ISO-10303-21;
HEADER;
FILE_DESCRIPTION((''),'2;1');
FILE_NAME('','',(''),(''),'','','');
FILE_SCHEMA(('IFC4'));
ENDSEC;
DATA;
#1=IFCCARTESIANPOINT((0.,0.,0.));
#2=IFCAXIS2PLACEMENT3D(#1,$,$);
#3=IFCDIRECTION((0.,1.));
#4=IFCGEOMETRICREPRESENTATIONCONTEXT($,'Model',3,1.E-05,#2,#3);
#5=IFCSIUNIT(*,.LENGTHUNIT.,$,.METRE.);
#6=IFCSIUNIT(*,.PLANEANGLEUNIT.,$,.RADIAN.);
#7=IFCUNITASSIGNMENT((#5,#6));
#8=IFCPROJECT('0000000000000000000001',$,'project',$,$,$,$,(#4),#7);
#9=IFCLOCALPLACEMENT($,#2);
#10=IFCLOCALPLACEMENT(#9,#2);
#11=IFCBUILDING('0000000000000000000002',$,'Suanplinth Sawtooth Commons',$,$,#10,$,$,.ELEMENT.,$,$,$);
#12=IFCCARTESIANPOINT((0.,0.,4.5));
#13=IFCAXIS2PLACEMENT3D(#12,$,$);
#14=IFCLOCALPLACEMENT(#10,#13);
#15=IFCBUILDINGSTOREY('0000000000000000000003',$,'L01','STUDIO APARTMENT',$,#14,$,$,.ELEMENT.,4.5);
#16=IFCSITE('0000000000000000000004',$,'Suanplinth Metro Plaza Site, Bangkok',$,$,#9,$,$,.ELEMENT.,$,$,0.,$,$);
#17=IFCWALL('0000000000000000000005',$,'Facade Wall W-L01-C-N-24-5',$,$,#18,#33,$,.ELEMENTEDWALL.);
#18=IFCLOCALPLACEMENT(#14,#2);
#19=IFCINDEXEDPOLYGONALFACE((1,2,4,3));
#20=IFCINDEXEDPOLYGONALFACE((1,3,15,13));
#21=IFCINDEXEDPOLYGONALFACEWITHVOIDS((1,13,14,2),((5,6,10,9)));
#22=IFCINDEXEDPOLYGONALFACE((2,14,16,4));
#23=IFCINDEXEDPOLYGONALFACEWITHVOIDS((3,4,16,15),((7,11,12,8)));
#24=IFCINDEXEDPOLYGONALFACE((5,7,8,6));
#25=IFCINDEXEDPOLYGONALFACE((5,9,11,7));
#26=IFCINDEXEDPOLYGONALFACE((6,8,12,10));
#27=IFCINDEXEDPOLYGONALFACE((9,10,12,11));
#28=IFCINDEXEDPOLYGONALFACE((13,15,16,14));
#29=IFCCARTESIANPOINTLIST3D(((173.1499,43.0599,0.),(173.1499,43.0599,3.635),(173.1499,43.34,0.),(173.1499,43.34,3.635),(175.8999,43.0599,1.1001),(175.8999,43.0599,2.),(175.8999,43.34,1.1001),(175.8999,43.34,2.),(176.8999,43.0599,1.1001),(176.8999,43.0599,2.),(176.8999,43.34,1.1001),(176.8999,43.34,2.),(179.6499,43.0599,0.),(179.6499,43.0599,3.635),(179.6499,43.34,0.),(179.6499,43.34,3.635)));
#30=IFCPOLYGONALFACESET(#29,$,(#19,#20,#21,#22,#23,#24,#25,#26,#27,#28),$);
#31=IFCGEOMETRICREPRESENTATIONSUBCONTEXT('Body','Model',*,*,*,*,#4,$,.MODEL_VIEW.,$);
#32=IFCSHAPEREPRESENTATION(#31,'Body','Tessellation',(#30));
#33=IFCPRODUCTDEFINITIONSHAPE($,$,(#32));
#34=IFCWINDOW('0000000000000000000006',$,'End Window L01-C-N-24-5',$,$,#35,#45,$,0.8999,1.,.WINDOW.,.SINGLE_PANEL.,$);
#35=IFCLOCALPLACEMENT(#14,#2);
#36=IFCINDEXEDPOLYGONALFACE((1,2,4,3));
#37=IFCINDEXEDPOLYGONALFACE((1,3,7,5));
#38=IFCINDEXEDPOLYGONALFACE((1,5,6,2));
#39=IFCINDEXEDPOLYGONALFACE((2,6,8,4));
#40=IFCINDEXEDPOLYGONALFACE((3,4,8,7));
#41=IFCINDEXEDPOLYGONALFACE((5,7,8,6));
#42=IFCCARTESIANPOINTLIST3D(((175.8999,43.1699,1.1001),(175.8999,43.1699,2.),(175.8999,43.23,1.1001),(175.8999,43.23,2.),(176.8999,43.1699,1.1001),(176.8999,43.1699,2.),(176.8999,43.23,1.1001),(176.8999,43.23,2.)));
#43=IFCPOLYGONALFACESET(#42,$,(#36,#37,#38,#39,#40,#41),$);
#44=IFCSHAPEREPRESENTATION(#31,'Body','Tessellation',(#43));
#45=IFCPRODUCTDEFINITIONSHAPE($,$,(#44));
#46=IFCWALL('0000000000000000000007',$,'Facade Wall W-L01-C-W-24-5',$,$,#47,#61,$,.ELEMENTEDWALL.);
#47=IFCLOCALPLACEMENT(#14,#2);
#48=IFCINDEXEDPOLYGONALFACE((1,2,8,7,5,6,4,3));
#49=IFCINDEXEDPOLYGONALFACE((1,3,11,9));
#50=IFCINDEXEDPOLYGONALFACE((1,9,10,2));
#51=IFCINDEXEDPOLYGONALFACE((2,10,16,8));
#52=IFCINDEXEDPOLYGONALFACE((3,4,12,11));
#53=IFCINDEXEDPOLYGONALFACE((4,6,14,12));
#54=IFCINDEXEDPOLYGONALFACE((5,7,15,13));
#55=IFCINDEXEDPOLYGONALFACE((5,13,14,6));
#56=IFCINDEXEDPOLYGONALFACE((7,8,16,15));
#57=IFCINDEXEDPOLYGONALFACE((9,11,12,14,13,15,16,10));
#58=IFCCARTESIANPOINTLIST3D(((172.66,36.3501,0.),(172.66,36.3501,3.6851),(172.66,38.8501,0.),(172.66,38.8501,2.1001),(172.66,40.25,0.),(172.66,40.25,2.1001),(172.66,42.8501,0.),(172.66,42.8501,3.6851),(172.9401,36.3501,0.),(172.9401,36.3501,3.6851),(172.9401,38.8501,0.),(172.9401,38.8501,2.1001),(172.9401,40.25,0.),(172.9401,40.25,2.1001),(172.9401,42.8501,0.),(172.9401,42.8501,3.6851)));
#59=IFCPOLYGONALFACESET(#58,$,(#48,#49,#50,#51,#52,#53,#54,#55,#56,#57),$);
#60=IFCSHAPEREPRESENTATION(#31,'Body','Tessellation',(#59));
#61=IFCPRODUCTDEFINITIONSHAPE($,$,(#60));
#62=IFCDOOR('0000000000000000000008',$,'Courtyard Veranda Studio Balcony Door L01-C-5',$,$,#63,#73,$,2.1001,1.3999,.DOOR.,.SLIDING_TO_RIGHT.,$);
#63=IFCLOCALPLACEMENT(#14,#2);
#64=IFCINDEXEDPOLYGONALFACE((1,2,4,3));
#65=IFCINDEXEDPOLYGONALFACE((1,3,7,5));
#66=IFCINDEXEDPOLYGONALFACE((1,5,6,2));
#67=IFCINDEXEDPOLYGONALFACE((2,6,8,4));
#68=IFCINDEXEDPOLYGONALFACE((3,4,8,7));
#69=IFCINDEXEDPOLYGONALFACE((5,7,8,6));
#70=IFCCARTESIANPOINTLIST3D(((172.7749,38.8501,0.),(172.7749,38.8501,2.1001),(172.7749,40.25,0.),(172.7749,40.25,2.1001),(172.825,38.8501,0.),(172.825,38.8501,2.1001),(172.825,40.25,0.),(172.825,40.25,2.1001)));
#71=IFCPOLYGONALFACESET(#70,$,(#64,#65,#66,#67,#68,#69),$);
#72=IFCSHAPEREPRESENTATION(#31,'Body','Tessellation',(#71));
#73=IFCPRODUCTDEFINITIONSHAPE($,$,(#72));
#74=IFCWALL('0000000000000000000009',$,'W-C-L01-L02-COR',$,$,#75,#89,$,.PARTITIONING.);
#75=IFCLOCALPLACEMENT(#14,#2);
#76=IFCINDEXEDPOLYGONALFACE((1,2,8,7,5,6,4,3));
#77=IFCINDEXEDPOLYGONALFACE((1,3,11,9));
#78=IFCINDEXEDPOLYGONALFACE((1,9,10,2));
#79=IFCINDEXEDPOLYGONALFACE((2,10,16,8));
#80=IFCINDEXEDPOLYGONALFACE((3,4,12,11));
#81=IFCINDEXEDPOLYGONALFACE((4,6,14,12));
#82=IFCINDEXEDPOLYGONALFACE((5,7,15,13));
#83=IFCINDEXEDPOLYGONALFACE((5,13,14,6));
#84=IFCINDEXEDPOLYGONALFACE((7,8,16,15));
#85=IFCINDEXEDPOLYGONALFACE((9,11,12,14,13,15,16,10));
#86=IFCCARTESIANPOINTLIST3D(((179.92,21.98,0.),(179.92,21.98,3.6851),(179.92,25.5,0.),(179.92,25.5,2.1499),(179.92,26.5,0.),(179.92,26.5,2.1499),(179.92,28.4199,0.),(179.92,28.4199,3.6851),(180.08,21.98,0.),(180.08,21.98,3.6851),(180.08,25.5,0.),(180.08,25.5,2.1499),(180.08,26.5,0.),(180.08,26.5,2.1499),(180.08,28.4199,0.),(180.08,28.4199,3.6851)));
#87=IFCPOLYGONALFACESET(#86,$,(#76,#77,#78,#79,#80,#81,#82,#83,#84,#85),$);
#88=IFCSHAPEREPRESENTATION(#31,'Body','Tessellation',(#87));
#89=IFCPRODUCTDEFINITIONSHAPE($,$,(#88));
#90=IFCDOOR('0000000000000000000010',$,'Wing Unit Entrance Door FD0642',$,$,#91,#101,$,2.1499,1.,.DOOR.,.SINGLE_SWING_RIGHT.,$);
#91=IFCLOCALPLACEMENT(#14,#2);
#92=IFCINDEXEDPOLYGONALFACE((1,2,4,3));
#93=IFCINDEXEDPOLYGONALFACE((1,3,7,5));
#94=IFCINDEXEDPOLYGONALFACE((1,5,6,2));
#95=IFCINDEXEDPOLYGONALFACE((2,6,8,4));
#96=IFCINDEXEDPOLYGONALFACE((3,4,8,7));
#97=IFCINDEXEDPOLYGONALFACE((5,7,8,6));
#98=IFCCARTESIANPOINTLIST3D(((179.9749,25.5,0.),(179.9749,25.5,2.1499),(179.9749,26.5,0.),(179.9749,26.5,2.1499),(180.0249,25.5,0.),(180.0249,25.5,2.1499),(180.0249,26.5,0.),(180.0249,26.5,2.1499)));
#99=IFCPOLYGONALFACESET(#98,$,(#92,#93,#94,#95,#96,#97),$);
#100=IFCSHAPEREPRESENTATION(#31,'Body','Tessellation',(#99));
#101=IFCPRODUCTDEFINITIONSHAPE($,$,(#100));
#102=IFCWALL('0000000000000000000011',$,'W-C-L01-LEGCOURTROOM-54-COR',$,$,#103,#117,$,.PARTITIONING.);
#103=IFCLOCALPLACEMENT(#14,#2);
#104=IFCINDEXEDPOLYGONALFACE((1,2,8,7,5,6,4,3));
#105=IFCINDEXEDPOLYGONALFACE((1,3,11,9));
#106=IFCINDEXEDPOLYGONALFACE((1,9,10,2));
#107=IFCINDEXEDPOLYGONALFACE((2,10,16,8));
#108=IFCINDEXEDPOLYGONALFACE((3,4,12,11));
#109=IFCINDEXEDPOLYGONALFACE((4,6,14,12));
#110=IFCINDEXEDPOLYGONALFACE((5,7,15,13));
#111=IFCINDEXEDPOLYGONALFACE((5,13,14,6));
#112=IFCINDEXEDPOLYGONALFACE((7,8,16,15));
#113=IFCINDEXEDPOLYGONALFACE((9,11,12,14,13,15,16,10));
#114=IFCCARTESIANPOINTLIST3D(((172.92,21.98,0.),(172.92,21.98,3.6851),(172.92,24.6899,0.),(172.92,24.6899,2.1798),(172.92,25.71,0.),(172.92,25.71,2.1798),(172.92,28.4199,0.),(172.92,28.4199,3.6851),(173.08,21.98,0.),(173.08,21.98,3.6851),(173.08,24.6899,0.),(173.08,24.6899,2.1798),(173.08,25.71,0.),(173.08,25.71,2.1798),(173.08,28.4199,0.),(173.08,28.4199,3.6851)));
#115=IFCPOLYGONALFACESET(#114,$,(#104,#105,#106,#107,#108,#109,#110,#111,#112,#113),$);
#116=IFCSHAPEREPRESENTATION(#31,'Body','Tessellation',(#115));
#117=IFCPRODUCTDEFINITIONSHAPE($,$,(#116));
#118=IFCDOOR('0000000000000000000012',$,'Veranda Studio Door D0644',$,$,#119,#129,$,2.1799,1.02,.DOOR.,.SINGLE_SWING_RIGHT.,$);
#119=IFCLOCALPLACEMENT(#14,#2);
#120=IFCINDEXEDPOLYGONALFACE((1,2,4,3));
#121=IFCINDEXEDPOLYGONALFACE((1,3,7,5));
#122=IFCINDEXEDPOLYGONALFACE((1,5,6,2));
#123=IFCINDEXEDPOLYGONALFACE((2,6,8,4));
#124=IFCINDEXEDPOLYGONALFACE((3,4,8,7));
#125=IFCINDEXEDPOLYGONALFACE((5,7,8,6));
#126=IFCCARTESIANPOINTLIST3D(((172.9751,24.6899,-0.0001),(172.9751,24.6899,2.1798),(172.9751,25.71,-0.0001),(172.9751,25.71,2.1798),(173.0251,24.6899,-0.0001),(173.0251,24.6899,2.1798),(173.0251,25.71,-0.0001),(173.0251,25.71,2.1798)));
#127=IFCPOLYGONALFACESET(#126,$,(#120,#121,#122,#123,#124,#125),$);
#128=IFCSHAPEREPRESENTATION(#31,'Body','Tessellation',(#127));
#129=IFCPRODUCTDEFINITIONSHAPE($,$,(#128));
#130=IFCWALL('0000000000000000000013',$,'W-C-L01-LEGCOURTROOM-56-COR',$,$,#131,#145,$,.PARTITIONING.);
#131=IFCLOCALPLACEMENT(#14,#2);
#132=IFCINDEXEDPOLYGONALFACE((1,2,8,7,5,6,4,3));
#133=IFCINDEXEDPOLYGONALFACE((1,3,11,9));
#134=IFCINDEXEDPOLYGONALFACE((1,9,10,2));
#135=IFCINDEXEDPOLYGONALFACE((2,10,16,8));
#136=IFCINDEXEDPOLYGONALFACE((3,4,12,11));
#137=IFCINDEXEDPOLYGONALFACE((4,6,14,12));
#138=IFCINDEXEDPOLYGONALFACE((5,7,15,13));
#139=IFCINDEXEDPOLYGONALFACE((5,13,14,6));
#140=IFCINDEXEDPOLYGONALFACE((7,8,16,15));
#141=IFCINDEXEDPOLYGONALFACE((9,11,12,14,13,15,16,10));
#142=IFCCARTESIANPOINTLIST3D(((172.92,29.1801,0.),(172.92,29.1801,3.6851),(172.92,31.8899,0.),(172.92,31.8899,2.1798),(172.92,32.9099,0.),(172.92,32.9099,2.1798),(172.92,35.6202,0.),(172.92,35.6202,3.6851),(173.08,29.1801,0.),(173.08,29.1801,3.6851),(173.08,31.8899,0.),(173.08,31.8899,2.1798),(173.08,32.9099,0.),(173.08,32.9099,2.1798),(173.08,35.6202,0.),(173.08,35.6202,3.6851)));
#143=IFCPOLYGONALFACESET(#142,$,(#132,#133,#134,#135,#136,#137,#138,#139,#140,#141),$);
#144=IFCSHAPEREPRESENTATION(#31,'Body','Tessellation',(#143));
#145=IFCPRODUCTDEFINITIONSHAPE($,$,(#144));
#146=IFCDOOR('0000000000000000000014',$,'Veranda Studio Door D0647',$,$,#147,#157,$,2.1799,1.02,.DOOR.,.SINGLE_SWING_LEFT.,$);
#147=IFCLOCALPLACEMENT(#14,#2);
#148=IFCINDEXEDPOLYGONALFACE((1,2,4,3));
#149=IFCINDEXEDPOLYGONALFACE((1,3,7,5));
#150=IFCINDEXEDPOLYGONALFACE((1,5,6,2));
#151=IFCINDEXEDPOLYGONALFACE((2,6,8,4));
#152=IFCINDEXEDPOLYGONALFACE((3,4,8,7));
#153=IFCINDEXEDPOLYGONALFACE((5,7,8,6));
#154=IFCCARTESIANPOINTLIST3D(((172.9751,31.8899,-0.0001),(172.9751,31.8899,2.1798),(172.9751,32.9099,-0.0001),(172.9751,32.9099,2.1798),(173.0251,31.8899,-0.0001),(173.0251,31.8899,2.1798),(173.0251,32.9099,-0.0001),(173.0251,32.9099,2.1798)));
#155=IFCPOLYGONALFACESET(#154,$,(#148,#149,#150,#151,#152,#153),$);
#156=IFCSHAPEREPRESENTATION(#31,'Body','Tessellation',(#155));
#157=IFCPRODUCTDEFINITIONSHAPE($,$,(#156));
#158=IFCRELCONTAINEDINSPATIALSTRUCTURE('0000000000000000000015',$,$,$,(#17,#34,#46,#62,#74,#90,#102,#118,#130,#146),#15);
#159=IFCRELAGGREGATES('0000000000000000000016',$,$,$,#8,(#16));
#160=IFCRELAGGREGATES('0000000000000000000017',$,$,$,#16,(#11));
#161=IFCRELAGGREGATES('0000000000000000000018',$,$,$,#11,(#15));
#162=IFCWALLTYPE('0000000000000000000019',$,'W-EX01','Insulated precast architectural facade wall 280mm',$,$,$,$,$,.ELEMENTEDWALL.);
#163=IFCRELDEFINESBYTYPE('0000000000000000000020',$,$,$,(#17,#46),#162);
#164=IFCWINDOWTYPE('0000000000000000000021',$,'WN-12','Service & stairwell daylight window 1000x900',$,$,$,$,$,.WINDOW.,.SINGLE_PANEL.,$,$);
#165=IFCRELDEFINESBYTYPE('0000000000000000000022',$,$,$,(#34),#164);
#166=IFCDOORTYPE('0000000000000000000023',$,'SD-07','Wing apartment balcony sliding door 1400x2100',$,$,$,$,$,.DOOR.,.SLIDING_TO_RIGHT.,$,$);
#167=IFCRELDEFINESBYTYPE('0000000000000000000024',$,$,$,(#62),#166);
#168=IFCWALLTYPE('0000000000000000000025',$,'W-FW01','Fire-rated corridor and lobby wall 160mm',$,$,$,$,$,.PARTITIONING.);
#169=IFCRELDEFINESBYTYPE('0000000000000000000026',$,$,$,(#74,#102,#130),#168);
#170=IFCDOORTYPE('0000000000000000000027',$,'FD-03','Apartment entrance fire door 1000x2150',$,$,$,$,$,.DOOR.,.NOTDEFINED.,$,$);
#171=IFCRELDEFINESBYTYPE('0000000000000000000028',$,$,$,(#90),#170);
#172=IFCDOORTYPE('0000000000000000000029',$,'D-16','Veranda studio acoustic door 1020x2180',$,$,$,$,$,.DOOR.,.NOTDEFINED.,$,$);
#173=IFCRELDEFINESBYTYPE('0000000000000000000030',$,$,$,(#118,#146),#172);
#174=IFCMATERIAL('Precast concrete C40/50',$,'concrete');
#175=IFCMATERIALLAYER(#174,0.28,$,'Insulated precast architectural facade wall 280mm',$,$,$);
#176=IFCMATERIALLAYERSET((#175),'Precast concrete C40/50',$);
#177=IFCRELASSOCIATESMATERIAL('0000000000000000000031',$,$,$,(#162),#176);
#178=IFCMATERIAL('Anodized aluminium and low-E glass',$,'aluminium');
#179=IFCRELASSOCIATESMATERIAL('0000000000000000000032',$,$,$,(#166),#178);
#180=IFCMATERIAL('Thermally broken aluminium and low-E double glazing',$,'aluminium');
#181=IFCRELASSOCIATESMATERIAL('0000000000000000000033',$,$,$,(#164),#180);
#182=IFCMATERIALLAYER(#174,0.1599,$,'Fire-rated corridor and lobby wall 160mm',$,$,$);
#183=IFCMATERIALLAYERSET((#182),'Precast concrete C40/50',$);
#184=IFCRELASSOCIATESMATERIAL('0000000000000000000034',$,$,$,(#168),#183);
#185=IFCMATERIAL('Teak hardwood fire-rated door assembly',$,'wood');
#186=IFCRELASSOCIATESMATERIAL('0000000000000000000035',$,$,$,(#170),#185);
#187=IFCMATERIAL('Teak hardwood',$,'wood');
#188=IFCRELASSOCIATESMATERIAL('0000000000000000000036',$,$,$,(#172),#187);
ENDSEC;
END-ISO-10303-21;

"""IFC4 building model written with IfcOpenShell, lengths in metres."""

from ifc_helpers import new_model, si_unit, direction, frame, frame_2d, origin, place, context, subcontext, project, spatial, rectangle, extrude, material, layer, layer_set, type_object, element, fill, save


model = new_model("IFC4")

# Units and contexts
model_context = context("Model", 3, precision=1e-05, world=origin(), true_north=direction((0.0, 1.0)))
body_context = subcontext(model_context, "Body", "Model", "MODEL_VIEW")
ifc_project = project(units=[si_unit("LENGTHUNIT", "METRE"), si_unit("PLANEANGLEUNIT", "RADIAN")], contexts=[model_context])

# Site, building, storey
site_placement = place(None, origin())
site = spatial("IfcSite", under=ifc_project, at=site_placement, Name="Suanplinth Metro Plaza Site, Bangkok", CompositionType="ELEMENT", RefElevation=0.0)
building_placement = place(site_placement, origin())
building = spatial("IfcBuilding", under=site, at=building_placement, Name="Suanplinth Sawtooth Commons", CompositionType="ELEMENT")
storey_placement = place(building_placement, frame((0.0, 0.0, 4.5)))
storey = spatial("IfcBuildingStorey", under=building, at=storey_placement, Name="L01", Description="STUDIO APARTMENT", CompositionType="ELEMENT", Elevation=4.5)

# Shared definitions
ifc_material_1 = material(Name="Precast concrete C40/50", Category="concrete")

# Shared definitions
ifc_layer_1 = layer(ifc_material_1, 0.28, Name="Insulated precast architectural facade wall 280mm")
ifc_layer_set_1 = layer_set([ifc_layer_1], Name="Precast concrete C40/50")
wall_type_1 = type_object("IfcWallType", Name="W-EX01", Description="Insulated precast architectural facade wall 280mm", PredefinedType="ELEMENTEDWALL", material=ifc_layer_set_1)
ifc_material_2 = material(Name="Anodized aluminium and low-E glass", Category="aluminium")
door_type_1 = type_object("IfcDoorType", Name="SD-07", Description="Wing apartment balcony sliding door 1400x2100", OperationType="SLIDING_TO_RIGHT", PredefinedType="DOOR", material=ifc_material_2)

# Wall, opening, window
wall_1_placement = place(storey_placement, frame((173.1499, 43.2, 0.0), z_axis=(0.0, 0.0, 1.0), x_axis=(1.0, 0.0, 0.0)))
wall_1 = element("IfcWall", 1, at=wall_1_placement, inside=storey, type_object=wall_type_1, Name="Facade Wall W-L01-C-N-24-5", PredefinedType="ELEMENTEDWALL", context=body_context, shape_type="SweptSolid", body=[
    extrude(rectangle(XDim=6.5, YDim=0.28, at=frame_2d((3.25, 0.0))), origin(), (0.0, 0.0, 1.0), 3.635),
])
opening_1_placement = place(wall_1_placement, frame((2.75, 0.0, 1.1001)))
opening_1 = element("IfcOpeningElement", 2, at=opening_1_placement, cuts=wall_1, PredefinedType="OPENING", context=body_context, shape_type="SweptSolid", body=[
    extrude(rectangle(XDim=1.0, YDim=0.8999, at=frame_2d((0.5, 0.45))), frame((0.0, 0.1548, 0.0), z_axis=(0.0, -1.0, 0.0), x_axis=(1.0, 0.0, 0.0)), (0.0, 0.0, 1.0), 0.3098),
])
ifc_material_3 = material(Name="Thermally broken aluminium and low-E double glazing", Category="aluminium")
window_type = type_object("IfcWindowType", Name="WN-12", Description="Service & stairwell daylight window 1000x900", PartitioningType="SINGLE_PANEL", PredefinedType="WINDOW", material=ifc_material_3)
window_placement = place(opening_1_placement, origin())
window = element("IfcWindow", 3, at=window_placement, inside=storey, type_object=window_type, Name="End Window L01-C-N-24-5", OverallHeight=0.8999, OverallWidth=1.0, PartitioningType="SINGLE_PANEL", PredefinedType="WINDOW", context=body_context, shape_type="SweptSolid", body=[
    extrude(rectangle(XDim=1.0, YDim=0.8999, at=frame_2d((0.5, 0.45))), frame((0.0, 0.03, 0.0), z_axis=(0.0, -1.0, 0.0), x_axis=(1.0, 0.0, 0.0)), (0.0, 0.0, 1.0), 0.0601),
])
fill(opening_1, window)

# Walls, openings, doors
wall_2_placement = place(storey_placement, frame((172.8, 36.3501, 0.0), z_axis=(0.0, 0.0, 1.0), x_axis=(0.0, 1.0, 0.0)))
wall_2 = element("IfcWall", 4, at=wall_2_placement, inside=storey, type_object=wall_type_1, Name="Facade Wall W-L01-C-W-24-5", PredefinedType="ELEMENTEDWALL", context=body_context, shape_type="SweptSolid", body=[
    extrude(rectangle(XDim=6.5, YDim=0.28, at=frame_2d((3.25, 0.0))), origin(), (0.0, 0.0, 1.0), 3.6851),
])
opening_2_placement = place(wall_2_placement, frame((2.5, 0.0, 0.0)))
opening_2 = element("IfcOpeningElement", 5, at=opening_2_placement, cuts=wall_2, PredefinedType="OPENING", context=body_context, shape_type="SweptSolid", body=[
    extrude(rectangle(XDim=1.3999, YDim=2.1001, at=frame_2d((0.7, 1.05))), frame((0.0, 0.1548, 0.0), z_axis=(0.0, -1.0, 0.0), x_axis=(1.0, 0.0, 0.0)), (0.0, 0.0, 1.0), 0.3098),
])
door_1_placement = place(opening_2_placement, frame((1.3999, 0.0, 0.0), z_axis=(0.0, 0.0, 1.0), x_axis=(-1.0, 0.0, 0.0)))
door_1 = element("IfcDoor", 6, at=door_1_placement, inside=storey, type_object=door_type_1, Name="Courtyard Veranda Studio Balcony Door L01-C-5", OperationType="SLIDING_TO_RIGHT", OverallHeight=2.1001, OverallWidth=1.3999, PredefinedType="DOOR", context=body_context, shape_type="SweptSolid", body=[
    extrude(rectangle(XDim=1.3999, YDim=2.1001, at=frame_2d((0.7, 1.05))), frame((0.0, 0.0249, 0.0), z_axis=(0.0, -1.0, 0.0), x_axis=(1.0, 0.0, 0.0)), (0.0, 0.0, 1.0), 0.05),
])
fill(opening_2, door_1)
ifc_layer_2 = layer(ifc_material_1, 0.1599, Name="Fire-rated corridor and lobby wall 160mm")
ifc_layer_set_2 = layer_set([ifc_layer_2], Name="Precast concrete C40/50")
wall_type_2 = type_object("IfcWallType", Name="W-FW01", Description="Fire-rated corridor and lobby wall 160mm", PredefinedType="PARTITIONING", material=ifc_layer_set_2)
wall_3_placement = place(storey_placement, frame((180.0, 21.98, 0.0), z_axis=(0.0, 0.0, 1.0), x_axis=(0.0, 1.0, 0.0)))
wall_3 = element("IfcWall", 7, at=wall_3_placement, inside=storey, type_object=wall_type_2, Name="W-C-L01-L02-COR", PredefinedType="PARTITIONING", context=body_context, shape_type="SweptSolid", body=[
    extrude(rectangle(XDim=6.4399, YDim=0.1599, at=frame_2d((3.22, 0.0))), origin(), (0.0, 0.0, 1.0), 3.6851),
])
opening_3_placement = place(wall_3_placement, frame((3.52, 0.0, 0.0)))
opening_3 = element("IfcOpeningElement", 8, at=opening_3_placement, cuts=wall_3, PredefinedType="OPENING", context=body_context, shape_type="SweptSolid", body=[
    extrude(rectangle(XDim=1.0, YDim=2.1499, at=frame_2d((0.5, 1.075))), frame((0.0, 0.0947, 0.0), z_axis=(0.0, -1.0, 0.0), x_axis=(1.0, 0.0, 0.0)), (0.0, 0.0, 1.0), 0.1897),
])
ifc_material_4 = material(Name="Teak hardwood fire-rated door assembly", Category="wood")
door_type_2 = type_object("IfcDoorType", Name="FD-03", Description="Apartment entrance fire door 1000x2150", OperationType="NOTDEFINED", PredefinedType="DOOR", material=ifc_material_4)
door_2_placement = place(opening_3_placement, frame((1.0, 0.0, 0.0), z_axis=(0.0, 0.0, 1.0), x_axis=(-1.0, 0.0, 0.0)))
door_2 = element("IfcDoor", 9, at=door_2_placement, inside=storey, type_object=door_type_2, Name="Wing Unit Entrance Door FD0642", OperationType="SINGLE_SWING_RIGHT", OverallHeight=2.1499, OverallWidth=1.0, PredefinedType="DOOR", context=body_context, shape_type="SweptSolid", body=[
    extrude(rectangle(XDim=1.0, YDim=2.1499, at=frame_2d((0.5, 1.075))), frame((0.0, 0.0249, 0.0), z_axis=(0.0, -1.0, 0.0), x_axis=(1.0, 0.0, 0.0)), (0.0, 0.0, 1.0), 0.05),
])
fill(opening_3, door_2)
wall_4_placement = place(storey_placement, frame((173.0, 21.98, 0.0), z_axis=(0.0, 0.0, 1.0), x_axis=(0.0, 1.0, 0.0)))
wall_4 = element("IfcWall", 10, at=wall_4_placement, inside=storey, type_object=wall_type_2, Name="W-C-L01-LEGCOURTROOM-54-COR", PredefinedType="PARTITIONING", context=body_context, shape_type="SweptSolid", body=[
    extrude(rectangle(XDim=6.4399, YDim=0.1599, at=frame_2d((3.22, 0.0))), origin(), (0.0, 0.0, 1.0), 3.6851),
])
opening_4_placement = place(wall_4_placement, frame((2.71, 0.0, 0.0)))
opening_4 = element("IfcOpeningElement", 11, at=opening_4_placement, cuts=wall_4, PredefinedType="OPENING", context=body_context, shape_type="SweptSolid", body=[
    extrude(rectangle(XDim=1.02, YDim=2.1799, at=frame_2d((0.51, 1.0898))), frame((0.0, 0.0947, 0.0), z_axis=(0.0, -1.0, 0.0), x_axis=(1.0, 0.0, 0.0)), (0.0, 0.0, 1.0), 0.1897),
])
ifc_material_5 = material(Name="Teak hardwood", Category="wood")
door_type_3 = type_object("IfcDoorType", Name="D-16", Description="Veranda studio acoustic door 1020x2180", OperationType="NOTDEFINED", PredefinedType="DOOR", material=ifc_material_5)
door_3_placement = place(opening_4_placement, origin())
door_3 = element("IfcDoor", 12, at=door_3_placement, inside=storey, type_object=door_type_3, Name="Veranda Studio Door D0644", OperationType="SINGLE_SWING_RIGHT", OverallHeight=2.1799, OverallWidth=1.02, PredefinedType="DOOR", context=body_context, shape_type="SweptSolid", body=[
    extrude(rectangle(XDim=1.02, YDim=2.1799, at=frame_2d((0.51, 1.0898))), frame((0.0, 0.0249, 0.0), z_axis=(0.0, -1.0, 0.0), x_axis=(1.0, 0.0, 0.0)), (0.0, 0.0, 1.0), 0.05),
])
fill(opening_4, door_3)
wall_5_placement = place(storey_placement, frame((173.0, 29.1799, 0.0), z_axis=(0.0, 0.0, 1.0), x_axis=(0.0, 1.0, 0.0)))
wall_5 = element("IfcWall", 13, at=wall_5_placement, inside=storey, type_object=wall_type_2, Name="W-C-L01-LEGCOURTROOM-56-COR", PredefinedType="PARTITIONING", context=body_context, shape_type="SweptSolid", body=[
    extrude(rectangle(XDim=6.4402, YDim=0.1599, at=frame_2d((3.2202, 0.0))), origin(), (0.0, 0.0, 1.0), 3.6851),
])
opening_5_placement = place(wall_5_placement, frame((2.71, 0.0, 0.0)))
opening_5 = element("IfcOpeningElement", 14, at=opening_5_placement, cuts=wall_5, PredefinedType="OPENING", context=body_context, shape_type="SweptSolid", body=[
    extrude(rectangle(XDim=1.02, YDim=2.1799, at=frame_2d((0.51, 1.0898))), frame((0.0, 0.0947, 0.0), z_axis=(0.0, -1.0, 0.0), x_axis=(1.0, 0.0, 0.0)), (0.0, 0.0, 1.0), 0.1897),
])
door_4_placement = place(opening_5_placement, origin())
door_4 = element("IfcDoor", 15, at=door_4_placement, inside=storey, type_object=door_type_3, Name="Veranda Studio Door D0647", OperationType="SINGLE_SWING_LEFT", OverallHeight=2.1799, OverallWidth=1.02, PredefinedType="DOOR", context=body_context, shape_type="SweptSolid", body=[
    extrude(rectangle(XDim=1.02, YDim=2.1799, at=frame_2d((0.51, 1.0898))), frame((0.0, 0.0249, 0.0), z_axis=(0.0, -1.0, 0.0), x_axis=(1.0, 0.0, 0.0)), (0.0, 0.0, 1.0), 0.05),
])
fill(opening_5, door_4)

save(model, "model.ifc")
